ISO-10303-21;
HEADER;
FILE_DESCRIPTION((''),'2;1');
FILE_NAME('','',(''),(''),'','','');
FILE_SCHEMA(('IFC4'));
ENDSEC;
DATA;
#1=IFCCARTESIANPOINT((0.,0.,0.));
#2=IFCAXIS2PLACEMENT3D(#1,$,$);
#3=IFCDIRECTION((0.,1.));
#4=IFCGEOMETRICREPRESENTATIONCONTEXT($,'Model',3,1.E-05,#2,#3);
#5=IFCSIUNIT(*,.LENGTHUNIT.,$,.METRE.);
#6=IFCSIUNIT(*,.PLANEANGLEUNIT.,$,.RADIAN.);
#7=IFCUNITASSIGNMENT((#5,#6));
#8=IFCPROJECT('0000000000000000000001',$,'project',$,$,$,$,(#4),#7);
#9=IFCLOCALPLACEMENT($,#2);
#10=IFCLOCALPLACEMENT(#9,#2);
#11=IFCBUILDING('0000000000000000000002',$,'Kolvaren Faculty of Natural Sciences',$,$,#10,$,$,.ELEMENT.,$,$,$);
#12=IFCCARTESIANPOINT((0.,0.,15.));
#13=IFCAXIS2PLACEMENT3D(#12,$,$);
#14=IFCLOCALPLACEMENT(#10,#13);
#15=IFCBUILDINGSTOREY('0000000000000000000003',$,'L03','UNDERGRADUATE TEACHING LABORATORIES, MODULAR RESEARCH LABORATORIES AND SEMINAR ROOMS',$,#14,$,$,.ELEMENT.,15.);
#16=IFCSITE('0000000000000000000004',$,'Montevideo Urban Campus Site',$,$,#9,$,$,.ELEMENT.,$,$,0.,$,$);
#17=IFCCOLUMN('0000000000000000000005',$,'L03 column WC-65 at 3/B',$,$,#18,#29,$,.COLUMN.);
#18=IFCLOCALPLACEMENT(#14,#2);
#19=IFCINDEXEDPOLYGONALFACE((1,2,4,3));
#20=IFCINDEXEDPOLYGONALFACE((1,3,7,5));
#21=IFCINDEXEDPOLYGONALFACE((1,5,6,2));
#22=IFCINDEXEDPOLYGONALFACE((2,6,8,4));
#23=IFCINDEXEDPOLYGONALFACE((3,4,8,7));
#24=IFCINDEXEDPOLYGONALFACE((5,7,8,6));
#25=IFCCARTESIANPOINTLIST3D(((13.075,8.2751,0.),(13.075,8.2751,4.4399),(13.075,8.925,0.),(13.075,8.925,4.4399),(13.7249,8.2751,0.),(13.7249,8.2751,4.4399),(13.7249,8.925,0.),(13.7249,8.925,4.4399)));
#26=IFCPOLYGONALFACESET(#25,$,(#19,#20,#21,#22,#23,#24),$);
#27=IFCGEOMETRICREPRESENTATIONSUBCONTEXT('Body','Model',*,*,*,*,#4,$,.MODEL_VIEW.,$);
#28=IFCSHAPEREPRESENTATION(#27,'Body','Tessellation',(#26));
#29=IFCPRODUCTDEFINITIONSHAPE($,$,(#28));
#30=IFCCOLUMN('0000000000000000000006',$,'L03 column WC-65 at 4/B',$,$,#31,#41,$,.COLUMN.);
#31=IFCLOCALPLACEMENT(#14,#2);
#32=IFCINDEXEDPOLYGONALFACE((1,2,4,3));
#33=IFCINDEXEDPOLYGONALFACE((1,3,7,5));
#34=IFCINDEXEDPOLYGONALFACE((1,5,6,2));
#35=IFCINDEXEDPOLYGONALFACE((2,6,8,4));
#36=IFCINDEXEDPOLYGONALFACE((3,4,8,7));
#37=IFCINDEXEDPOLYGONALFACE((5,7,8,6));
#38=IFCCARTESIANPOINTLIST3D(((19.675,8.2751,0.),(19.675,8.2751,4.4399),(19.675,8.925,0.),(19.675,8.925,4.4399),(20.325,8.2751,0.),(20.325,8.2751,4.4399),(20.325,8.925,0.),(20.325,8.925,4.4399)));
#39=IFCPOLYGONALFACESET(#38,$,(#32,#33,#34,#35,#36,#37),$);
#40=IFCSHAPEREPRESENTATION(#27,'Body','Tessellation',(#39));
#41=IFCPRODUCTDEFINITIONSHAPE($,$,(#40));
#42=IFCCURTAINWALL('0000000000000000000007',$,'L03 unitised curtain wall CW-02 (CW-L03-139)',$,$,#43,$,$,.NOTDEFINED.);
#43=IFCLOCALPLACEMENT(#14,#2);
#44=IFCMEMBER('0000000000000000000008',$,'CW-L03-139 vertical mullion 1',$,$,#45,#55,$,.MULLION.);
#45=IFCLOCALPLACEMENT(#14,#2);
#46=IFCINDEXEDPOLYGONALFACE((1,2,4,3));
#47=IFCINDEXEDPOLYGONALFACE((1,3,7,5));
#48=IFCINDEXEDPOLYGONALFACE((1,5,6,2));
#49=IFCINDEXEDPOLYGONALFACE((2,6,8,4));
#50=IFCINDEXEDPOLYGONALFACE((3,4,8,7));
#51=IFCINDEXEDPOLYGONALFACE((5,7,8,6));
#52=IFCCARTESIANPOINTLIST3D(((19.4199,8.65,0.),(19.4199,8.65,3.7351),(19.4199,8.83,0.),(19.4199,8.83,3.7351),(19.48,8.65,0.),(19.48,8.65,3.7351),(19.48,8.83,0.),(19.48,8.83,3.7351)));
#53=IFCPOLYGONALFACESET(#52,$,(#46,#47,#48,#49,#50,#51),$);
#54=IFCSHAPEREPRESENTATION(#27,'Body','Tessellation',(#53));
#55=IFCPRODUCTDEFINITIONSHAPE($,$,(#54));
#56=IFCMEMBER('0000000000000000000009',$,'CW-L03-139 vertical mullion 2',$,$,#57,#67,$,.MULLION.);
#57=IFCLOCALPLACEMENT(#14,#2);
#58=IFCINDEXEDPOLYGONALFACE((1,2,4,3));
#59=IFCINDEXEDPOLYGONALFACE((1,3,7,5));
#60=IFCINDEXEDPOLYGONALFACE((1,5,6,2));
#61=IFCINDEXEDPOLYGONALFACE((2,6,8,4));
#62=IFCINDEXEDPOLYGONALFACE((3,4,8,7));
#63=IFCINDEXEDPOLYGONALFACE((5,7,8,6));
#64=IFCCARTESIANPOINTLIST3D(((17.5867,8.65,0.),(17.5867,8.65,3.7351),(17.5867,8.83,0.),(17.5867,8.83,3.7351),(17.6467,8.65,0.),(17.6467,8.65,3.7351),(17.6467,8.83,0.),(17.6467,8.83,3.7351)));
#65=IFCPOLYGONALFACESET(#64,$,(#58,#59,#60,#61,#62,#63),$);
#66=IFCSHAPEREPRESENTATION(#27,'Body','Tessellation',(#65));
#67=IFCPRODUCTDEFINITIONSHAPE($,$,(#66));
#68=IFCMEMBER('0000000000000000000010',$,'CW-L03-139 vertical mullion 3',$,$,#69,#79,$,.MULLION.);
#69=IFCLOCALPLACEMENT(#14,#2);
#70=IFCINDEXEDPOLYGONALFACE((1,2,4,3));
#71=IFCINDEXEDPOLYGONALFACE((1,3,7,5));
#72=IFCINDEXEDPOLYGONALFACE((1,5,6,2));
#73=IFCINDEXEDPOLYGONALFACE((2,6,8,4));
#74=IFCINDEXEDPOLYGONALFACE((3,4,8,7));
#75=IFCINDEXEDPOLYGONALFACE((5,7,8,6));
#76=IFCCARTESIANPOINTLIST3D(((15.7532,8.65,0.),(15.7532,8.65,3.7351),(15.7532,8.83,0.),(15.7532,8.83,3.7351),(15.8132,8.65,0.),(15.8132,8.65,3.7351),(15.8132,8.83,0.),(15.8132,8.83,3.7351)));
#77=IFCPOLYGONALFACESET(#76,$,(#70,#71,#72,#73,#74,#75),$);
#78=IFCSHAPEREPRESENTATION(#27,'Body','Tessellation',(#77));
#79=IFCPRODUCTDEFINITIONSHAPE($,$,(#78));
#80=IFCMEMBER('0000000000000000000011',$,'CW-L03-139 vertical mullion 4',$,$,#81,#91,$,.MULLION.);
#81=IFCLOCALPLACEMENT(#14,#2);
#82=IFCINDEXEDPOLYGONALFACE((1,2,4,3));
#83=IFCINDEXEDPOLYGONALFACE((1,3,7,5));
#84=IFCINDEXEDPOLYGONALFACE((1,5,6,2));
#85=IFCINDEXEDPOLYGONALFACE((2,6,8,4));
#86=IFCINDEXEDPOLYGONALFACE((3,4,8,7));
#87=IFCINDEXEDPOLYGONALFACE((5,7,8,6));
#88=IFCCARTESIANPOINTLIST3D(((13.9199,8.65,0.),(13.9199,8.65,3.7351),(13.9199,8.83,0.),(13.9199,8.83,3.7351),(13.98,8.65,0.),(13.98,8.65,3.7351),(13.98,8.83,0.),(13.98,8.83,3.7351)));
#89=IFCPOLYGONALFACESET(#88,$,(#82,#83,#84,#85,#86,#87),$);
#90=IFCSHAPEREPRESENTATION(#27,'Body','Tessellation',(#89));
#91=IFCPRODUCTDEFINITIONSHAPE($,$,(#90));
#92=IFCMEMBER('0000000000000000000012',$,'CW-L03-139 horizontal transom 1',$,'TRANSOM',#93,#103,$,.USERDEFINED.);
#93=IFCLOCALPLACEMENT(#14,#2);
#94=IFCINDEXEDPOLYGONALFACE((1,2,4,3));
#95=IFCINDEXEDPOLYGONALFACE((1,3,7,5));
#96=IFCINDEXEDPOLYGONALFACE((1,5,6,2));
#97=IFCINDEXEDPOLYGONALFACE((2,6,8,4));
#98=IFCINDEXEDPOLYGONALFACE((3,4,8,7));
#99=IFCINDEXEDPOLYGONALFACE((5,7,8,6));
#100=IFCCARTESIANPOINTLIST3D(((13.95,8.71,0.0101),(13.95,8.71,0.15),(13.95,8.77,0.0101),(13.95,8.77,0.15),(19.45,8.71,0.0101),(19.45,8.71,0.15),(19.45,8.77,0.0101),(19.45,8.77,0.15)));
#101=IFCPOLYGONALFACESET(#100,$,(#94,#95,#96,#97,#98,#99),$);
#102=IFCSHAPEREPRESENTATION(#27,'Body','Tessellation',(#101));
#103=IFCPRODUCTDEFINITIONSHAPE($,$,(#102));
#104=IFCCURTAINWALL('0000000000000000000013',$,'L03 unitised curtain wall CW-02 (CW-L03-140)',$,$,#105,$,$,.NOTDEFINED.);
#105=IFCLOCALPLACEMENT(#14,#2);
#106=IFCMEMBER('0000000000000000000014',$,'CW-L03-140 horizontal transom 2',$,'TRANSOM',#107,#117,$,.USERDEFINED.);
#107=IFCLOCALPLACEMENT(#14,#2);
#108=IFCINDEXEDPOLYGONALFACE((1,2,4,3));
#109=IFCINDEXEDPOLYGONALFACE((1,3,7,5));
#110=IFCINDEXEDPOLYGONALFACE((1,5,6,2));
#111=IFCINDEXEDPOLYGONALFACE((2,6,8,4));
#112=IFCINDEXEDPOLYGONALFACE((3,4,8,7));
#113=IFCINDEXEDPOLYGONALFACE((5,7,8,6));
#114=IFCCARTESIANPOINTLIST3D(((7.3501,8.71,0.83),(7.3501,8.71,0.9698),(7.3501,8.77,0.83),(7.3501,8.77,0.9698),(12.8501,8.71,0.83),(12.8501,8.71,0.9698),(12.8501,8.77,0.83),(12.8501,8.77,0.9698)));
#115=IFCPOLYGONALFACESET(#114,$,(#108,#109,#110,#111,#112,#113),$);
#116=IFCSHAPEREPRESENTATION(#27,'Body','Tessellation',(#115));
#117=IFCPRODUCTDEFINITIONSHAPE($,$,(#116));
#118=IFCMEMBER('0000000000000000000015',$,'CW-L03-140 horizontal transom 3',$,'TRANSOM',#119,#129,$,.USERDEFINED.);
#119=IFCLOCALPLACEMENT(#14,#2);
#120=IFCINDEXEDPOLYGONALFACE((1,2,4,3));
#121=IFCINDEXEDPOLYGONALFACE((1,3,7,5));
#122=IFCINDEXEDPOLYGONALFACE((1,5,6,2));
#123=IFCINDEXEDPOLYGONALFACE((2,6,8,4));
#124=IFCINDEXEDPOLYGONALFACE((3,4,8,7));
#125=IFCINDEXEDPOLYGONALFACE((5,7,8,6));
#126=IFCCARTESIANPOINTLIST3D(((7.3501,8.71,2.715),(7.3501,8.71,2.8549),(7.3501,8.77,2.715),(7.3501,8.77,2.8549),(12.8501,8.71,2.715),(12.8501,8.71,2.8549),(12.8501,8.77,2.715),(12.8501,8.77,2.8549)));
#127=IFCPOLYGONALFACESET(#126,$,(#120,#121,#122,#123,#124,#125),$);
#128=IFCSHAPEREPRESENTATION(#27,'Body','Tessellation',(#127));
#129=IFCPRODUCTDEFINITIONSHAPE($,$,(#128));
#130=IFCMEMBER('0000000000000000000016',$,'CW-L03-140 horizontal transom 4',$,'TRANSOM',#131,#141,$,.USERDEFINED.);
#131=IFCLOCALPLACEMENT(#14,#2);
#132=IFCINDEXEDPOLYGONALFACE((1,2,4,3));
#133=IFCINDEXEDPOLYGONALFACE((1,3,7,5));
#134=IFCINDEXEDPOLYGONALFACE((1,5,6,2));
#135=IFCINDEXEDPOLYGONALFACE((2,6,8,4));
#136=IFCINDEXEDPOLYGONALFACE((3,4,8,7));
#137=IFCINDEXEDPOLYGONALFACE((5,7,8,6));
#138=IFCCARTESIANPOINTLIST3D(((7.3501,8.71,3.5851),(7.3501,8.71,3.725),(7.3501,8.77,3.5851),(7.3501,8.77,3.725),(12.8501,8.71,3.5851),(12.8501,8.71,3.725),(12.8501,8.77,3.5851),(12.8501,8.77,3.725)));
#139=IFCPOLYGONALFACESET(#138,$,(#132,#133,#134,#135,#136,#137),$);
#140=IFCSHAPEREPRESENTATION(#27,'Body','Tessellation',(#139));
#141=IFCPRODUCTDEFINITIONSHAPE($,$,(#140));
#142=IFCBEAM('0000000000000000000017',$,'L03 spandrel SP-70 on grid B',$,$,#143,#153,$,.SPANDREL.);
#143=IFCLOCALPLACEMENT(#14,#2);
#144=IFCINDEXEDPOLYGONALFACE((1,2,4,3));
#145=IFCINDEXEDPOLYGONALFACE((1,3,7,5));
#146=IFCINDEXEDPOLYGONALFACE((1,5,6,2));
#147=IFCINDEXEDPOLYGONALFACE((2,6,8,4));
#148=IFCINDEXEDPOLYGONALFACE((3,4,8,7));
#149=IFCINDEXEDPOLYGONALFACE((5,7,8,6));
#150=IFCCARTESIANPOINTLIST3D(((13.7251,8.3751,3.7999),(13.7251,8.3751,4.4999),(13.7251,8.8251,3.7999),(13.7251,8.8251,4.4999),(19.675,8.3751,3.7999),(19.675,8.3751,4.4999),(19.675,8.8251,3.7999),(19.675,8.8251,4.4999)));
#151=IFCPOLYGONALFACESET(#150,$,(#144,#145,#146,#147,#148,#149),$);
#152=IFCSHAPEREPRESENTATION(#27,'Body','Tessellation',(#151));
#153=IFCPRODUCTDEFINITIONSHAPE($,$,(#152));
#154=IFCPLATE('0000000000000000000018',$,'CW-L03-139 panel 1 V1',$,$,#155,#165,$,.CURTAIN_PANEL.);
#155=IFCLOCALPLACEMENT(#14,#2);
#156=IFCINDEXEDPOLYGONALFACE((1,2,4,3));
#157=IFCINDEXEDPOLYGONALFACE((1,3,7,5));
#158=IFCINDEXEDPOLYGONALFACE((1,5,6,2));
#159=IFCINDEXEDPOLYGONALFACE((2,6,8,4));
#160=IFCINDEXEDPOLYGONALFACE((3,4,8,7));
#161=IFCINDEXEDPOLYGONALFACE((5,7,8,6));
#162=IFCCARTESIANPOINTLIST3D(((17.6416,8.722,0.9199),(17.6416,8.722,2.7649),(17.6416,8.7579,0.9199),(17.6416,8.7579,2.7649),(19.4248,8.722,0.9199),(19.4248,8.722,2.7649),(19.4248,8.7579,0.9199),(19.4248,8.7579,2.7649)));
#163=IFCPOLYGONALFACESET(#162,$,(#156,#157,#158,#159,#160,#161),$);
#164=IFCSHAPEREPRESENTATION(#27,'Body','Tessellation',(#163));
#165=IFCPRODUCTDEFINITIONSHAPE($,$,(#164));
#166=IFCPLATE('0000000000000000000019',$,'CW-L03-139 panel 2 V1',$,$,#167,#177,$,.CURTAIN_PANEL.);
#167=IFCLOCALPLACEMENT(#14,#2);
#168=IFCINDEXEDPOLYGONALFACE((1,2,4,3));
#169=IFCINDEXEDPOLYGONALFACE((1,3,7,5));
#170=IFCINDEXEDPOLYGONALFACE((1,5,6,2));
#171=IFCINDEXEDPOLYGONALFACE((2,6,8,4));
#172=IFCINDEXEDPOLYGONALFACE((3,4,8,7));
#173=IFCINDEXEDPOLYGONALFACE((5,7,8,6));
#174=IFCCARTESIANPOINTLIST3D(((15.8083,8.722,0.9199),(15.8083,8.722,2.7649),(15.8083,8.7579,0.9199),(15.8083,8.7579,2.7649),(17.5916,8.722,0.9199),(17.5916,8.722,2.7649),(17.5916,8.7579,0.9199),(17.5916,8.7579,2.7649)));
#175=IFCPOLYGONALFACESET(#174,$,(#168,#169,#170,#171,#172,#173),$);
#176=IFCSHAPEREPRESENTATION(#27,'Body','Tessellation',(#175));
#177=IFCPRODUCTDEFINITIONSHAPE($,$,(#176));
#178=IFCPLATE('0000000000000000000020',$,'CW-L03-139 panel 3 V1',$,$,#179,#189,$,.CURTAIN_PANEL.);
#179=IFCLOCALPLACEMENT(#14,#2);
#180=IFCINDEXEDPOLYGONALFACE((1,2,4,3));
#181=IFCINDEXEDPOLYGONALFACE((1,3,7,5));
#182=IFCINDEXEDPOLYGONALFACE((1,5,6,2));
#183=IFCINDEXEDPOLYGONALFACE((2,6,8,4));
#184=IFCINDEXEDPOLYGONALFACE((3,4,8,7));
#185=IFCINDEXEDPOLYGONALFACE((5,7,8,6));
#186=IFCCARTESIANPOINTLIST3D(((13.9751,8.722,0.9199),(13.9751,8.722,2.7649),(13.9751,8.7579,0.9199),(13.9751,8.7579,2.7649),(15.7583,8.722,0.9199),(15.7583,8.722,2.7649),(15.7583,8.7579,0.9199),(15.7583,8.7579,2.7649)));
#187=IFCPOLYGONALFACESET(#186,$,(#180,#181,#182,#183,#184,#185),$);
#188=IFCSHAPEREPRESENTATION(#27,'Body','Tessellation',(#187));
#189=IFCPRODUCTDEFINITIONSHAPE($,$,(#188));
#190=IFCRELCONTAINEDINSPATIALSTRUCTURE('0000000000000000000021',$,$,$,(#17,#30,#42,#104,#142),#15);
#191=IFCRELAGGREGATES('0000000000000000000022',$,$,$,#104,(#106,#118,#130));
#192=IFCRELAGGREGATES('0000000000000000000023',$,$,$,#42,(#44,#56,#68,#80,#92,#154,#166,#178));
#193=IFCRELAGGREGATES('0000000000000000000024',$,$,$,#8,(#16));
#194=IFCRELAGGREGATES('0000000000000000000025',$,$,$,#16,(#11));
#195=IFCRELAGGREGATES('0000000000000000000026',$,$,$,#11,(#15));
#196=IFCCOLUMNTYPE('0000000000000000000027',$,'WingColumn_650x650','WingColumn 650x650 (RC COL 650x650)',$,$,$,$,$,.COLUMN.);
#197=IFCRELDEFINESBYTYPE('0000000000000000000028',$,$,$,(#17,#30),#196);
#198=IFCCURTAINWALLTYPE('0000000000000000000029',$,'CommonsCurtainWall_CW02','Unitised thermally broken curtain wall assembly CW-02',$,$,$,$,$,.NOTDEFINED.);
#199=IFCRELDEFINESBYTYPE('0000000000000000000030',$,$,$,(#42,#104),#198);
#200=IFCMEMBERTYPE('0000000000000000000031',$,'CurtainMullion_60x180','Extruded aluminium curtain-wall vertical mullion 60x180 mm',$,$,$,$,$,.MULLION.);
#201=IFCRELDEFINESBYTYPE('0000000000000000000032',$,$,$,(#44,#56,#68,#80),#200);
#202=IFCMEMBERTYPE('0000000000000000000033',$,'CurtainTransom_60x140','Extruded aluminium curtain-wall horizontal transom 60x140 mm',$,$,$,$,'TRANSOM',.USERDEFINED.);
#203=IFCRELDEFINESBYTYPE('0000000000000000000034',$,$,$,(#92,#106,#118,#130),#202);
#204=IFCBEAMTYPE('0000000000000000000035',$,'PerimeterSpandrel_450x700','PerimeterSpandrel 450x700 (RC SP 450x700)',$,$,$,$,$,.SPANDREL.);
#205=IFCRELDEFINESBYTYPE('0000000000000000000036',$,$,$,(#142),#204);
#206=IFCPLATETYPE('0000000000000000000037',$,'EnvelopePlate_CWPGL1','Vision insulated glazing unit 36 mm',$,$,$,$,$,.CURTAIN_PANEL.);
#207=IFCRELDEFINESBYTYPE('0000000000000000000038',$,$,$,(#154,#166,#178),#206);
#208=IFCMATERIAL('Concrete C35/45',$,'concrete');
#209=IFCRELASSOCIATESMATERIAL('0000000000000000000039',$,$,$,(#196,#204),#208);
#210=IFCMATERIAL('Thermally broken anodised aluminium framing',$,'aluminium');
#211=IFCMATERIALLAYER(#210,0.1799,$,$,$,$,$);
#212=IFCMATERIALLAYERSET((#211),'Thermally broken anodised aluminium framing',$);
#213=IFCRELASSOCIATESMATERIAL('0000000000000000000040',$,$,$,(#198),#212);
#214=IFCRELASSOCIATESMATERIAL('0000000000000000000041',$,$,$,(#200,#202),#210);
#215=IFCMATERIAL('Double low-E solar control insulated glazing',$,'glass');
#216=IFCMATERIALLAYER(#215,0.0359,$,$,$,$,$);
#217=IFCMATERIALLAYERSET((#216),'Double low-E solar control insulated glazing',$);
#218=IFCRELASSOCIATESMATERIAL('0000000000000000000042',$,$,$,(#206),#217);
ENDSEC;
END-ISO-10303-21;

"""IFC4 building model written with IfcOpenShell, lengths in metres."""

from ifc_helpers import new_model, si_unit, direction, frame, origin, origin_2d, place, context, subcontext, project, spatial, rectangle, extrude, material, layer, layer_set, material_profile, profile_set, type_object, element, aggregate, save


model = new_model("IFC4")

# Units and contexts
model_context = context("Model", 3, precision=1e-05, world=origin(), true_north=direction((0.0, 1.0)))
body_context = subcontext(model_context, "Body", "Model", "MODEL_VIEW")
ifc_project = project(units=[si_unit("LENGTHUNIT", "METRE"), si_unit("PLANEANGLEUNIT", "RADIAN")], contexts=[model_context])

# Site, building, storey
site_placement = place(None, origin())
site = spatial("IfcSite", under=ifc_project, at=site_placement, Name="Montevideo Urban Campus Site", CompositionType="ELEMENT", RefElevation=0.0)
building_placement = place(site_placement, origin())
building = spatial("IfcBuilding", under=site, at=building_placement, Name="Kolvaren Faculty of Natural Sciences", CompositionType="ELEMENT")
storey_placement = place(building_placement, frame((0.0, 0.0, 15.0)))
storey = spatial("IfcBuildingStorey", under=building, at=storey_placement, Name="L03", Description="UNDERGRADUATE TEACHING LABORATORIES, MODULAR RESEARCH LABORATORIES AND SEMINAR ROOMS", CompositionType="ELEMENT", Elevation=15.0)

# Columns
ifc_material_1 = material(Name="Concrete C35/45", Category="concrete")
ifc_material_profile_1 = material_profile(ifc_material_1, rectangle(XDim=0.6499, YDim=0.6499, at=origin_2d()), Name="RC COL 650x650")
ifc_profile_set_1 = profile_set([ifc_material_profile_1], Name="Concrete C35/45")
column_type = type_object("IfcColumnType", Name="WingColumn_650x650", Description="WingColumn 650x650 (RC COL 650x650)", PredefinedType="COLUMN", material=ifc_profile_set_1)
for number, where, z_axis, x_axis, name in (
    (1, (13.3999, 8.6001, 0.0), (0.0, 0.0, 1.0), (1.0, 0.0, 0.0), "L03 column WC-65 at 3/B"),
    (2, (20.0, 8.6001, 0.0), (0.0, 0.0, 1.0), (1.0, 0.0, 0.0), "L03 column WC-65 at 4/B"),
):
    element("IfcColumn", number, at=place(storey_placement, frame(where, z_axis=z_axis, x_axis=x_axis)), inside=storey, type_object=column_type, Name=name, PredefinedType="COLUMN", context=body_context, shape_type="SweptSolid", body=[
        extrude(rectangle(XDim=0.6499, YDim=0.6499, at=origin_2d()), origin(), (0.0, 0.0, 1.0), 4.4399),
    ])

# Curtain walls, members
ifc_material_2 = material(Name="Thermally broken anodised aluminium framing", Category="aluminium")
ifc_layer_1 = layer(ifc_material_2, 0.1799)
ifc_layer_set_1 = layer_set([ifc_layer_1], Name="Thermally broken anodised aluminium framing")
curtain_wall_type = type_object("IfcCurtainWallType", Name="CommonsCurtainWall_CW02", Description="Unitised thermally broken curtain wall assembly CW-02", PredefinedType="NOTDEFINED", material=ifc_layer_set_1)
curtain_wall_1_placement = place(storey_placement, origin())
curtain_wall_1 = element("IfcCurtainWall", 3, at=curtain_wall_1_placement, inside=storey, type_object=curtain_wall_type, Name="L03 unitised curtain wall CW-02 (CW-L03-139)", PredefinedType="NOTDEFINED")
ifc_material_profile_2 = material_profile(ifc_material_2, rectangle(XDim=0.0601, YDim=0.1799, at=origin_2d()), Name="ALU MUL 60x180")
ifc_profile_set_2 = profile_set([ifc_material_profile_2], Name="Thermally broken anodised aluminium framing")
member_type_1 = type_object("IfcMemberType", Name="CurtainMullion_60x180", Description="Extruded aluminium curtain-wall vertical mullion 60x180 mm", PredefinedType="MULLION", material=ifc_profile_set_2)
member_1_placement = place(storey_placement, frame((19.45, 8.74, 0.0), z_axis=(0.0, 0.0, 1.0), x_axis=(-1.0, 0.0, 0.0)))
member_1 = element("IfcMember", 4, at=member_1_placement, type_object=member_type_1, Name="CW-L03-139 vertical mullion 1", PredefinedType="MULLION", context=body_context, shape_type="SweptSolid", body=[
    extrude(rectangle(XDim=0.0601, YDim=0.1799, at=origin_2d()), origin(), (0.0, 0.0, 1.0), 3.7351),
])
member_2_placement = place(storey_placement, frame((17.6167, 8.74, 0.0), z_axis=(0.0, 0.0, 1.0), x_axis=(-1.0, 0.0, 0.0)))
member_2 = element("IfcMember", 5, at=member_2_placement, type_object=member_type_1, Name="CW-L03-139 vertical mullion 2", PredefinedType="MULLION", context=body_context, shape_type="SweptSolid", body=[
    extrude(rectangle(XDim=0.0601, YDim=0.1799, at=origin_2d()), origin(), (0.0, 0.0, 1.0), 3.7351),
])
member_3_placement = place(storey_placement, frame((15.7832, 8.74, 0.0), z_axis=(0.0, 0.0, 1.0), x_axis=(-1.0, 0.0, 0.0)))
member_3 = element("IfcMember", 6, at=member_3_placement, type_object=member_type_1, Name="CW-L03-139 vertical mullion 3", PredefinedType="MULLION", context=body_context, shape_type="SweptSolid", body=[
    extrude(rectangle(XDim=0.0601, YDim=0.1799, at=origin_2d()), origin(), (0.0, 0.0, 1.0), 3.7351),
])
member_4_placement = place(storey_placement, frame((13.95, 8.74, 0.0), z_axis=(0.0, 0.0, 1.0), x_axis=(-1.0, 0.0, 0.0)))
member_4 = element("IfcMember", 7, at=member_4_placement, type_object=member_type_1, Name="CW-L03-139 vertical mullion 4", PredefinedType="MULLION", context=body_context, shape_type="SweptSolid", body=[
    extrude(rectangle(XDim=0.0601, YDim=0.1799, at=origin_2d()), origin(), (0.0, 0.0, 1.0), 3.7351),
])
ifc_material_profile_3 = material_profile(ifc_material_2, rectangle(XDim=0.0601, YDim=0.1399, at=origin_2d()), Name="ALU TRN 60x140")
ifc_profile_set_3 = profile_set([ifc_material_profile_3], Name="Thermally broken anodised aluminium framing")
member_type_2 = type_object("IfcMemberType", Name="CurtainTransom_60x140", Description="Extruded aluminium curtain-wall horizontal transom 60x140 mm", ElementType="TRANSOM", PredefinedType="USERDEFINED", material=ifc_profile_set_3)
member_5_placement = place(storey_placement, frame((19.45, 8.74, 0.0801), z_axis=(-1.0, 0.0, 0.0), x_axis=(0.0, -1.0, 0.0)))
member_5 = element("IfcMember", 8, at=member_5_placement, type_object=member_type_2, Name="CW-L03-139 horizontal transom 1", ObjectType="TRANSOM", PredefinedType="USERDEFINED", context=body_context, shape_type="SweptSolid", body=[
    extrude(rectangle(XDim=0.0601, YDim=0.1399, at=origin_2d()), origin(), (0.0, 0.0, 1.0), 5.5),
])
curtain_wall_2_placement = place(storey_placement, origin())
curtain_wall_2 = element("IfcCurtainWall", 9, at=curtain_wall_2_placement, inside=storey, type_object=curtain_wall_type, Name="L03 unitised curtain wall CW-02 (CW-L03-140)", PredefinedType="NOTDEFINED")
member_6_placement = place(storey_placement, frame((12.8501, 8.74, 0.8999), z_axis=(-1.0, 0.0, 0.0), x_axis=(0.0, -1.0, 0.0)))
member_6 = element("IfcMember", 10, at=member_6_placement, type_object=member_type_2, Name="CW-L03-140 horizontal transom 2", ObjectType="TRANSOM", PredefinedType="USERDEFINED", context=body_context, shape_type="SweptSolid", body=[
    extrude(rectangle(XDim=0.0601, YDim=0.1399, at=origin_2d()), origin(), (0.0, 0.0, 1.0), 5.5),
])
member_7_placement = place(storey_placement, frame((12.8501, 8.74, 2.7849), z_axis=(-1.0, 0.0, 0.0), x_axis=(0.0, -1.0, 0.0)))
member_7 = element("IfcMember", 11, at=member_7_placement, type_object=member_type_2, Name="CW-L03-140 horizontal transom 3", ObjectType="TRANSOM", PredefinedType="USERDEFINED", context=body_context, shape_type="SweptSolid", body=[
    extrude(rectangle(XDim=0.0601, YDim=0.1399, at=origin_2d()), origin(), (0.0, 0.0, 1.0), 5.5),
])
member_8_placement = place(storey_placement, frame((12.8501, 8.74, 3.655), z_axis=(-1.0, 0.0, 0.0), x_axis=(0.0, -1.0, 0.0)))
member_8 = element("IfcMember", 12, at=member_8_placement, type_object=member_type_2, Name="CW-L03-140 horizontal transom 4", ObjectType="TRANSOM", PredefinedType="USERDEFINED", context=body_context, shape_type="SweptSolid", body=[
    extrude(rectangle(XDim=0.0601, YDim=0.1399, at=origin_2d()), origin(), (0.0, 0.0, 1.0), 5.5),
])
aggregate(curtain_wall_2, [member_6, member_7, member_8])

# Beam
ifc_material_profile_4 = material_profile(ifc_material_1, rectangle(XDim=0.45, YDim=0.7, at=origin_2d()), Name="RC SP 450x700")
ifc_profile_set_4 = profile_set([ifc_material_profile_4], Name="Concrete C35/45")
beam_type = type_object("IfcBeamType", Name="PerimeterSpandrel_450x700", Description="PerimeterSpandrel 450x700 (RC SP 450x700)", PredefinedType="SPANDREL", material=ifc_profile_set_4)
beam_placement = place(storey_placement, frame((13.7251, 8.6001, 4.1499), z_axis=(1.0, 0.0, 0.0), x_axis=(0.0, 1.0, 0.0)))
element("IfcBeam", 13, at=beam_placement, inside=storey, type_object=beam_type, Name="L03 spandrel SP-70 on grid B", PredefinedType="SPANDREL", context=body_context, shape_type="SweptSolid", body=[
    extrude(rectangle(XDim=0.45, YDim=0.7, at=origin_2d()), origin(), (0.0, 0.0, 1.0), 5.95),
])

# Plates
ifc_material_3 = material(Name="Double low-E solar control insulated glazing", Category="glass")
ifc_layer_2 = layer(ifc_material_3, 0.0359)
ifc_layer_set_2 = layer_set([ifc_layer_2], Name="Double low-E solar control insulated glazing")
plate_type_1 = type_object("IfcPlateType", Name="EnvelopePlate_CWPGL1", Description="Vision insulated glazing unit 36 mm", PredefinedType="CURTAIN_PANEL", material=ifc_layer_set_2)
plate_1_placement = place(storey_placement, frame((18.5332, 8.74, 0.9199), z_axis=(0.0, 0.0, 1.0), x_axis=(-1.0, 0.0, 0.0)))
plate_1 = element("IfcPlate", 14, at=plate_1_placement, type_object=plate_type_1, Name="CW-L03-139 panel 1 V1", PredefinedType="CURTAIN_PANEL", context=body_context, shape_type="SweptSolid", body=[
    extrude(rectangle(XDim=1.7832, YDim=0.0359, at=origin_2d()), origin(), (0.0, 0.0, 1.0), 1.845),
])
plate_2_placement = place(storey_placement, frame((16.7, 8.74, 0.9199), z_axis=(0.0, 0.0, 1.0), x_axis=(-1.0, 0.0, 0.0)))
plate_2 = element("IfcPlate", 15, at=plate_2_placement, type_object=plate_type_1, Name="CW-L03-139 panel 2 V1", PredefinedType="CURTAIN_PANEL", context=body_context, shape_type="SweptSolid", body=[
    extrude(rectangle(XDim=1.7832, YDim=0.0359, at=origin_2d()), origin(), (0.0, 0.0, 1.0), 1.845),
])
plate_3_placement = place(storey_placement, frame((14.8667, 8.74, 0.9199), z_axis=(0.0, 0.0, 1.0), x_axis=(-1.0, 0.0, 0.0)))
plate_3 = element("IfcPlate", 16, at=plate_3_placement, type_object=plate_type_1, Name="CW-L03-139 panel 3 V1", PredefinedType="CURTAIN_PANEL", context=body_context, shape_type="SweptSolid", body=[
    extrude(rectangle(XDim=1.7832, YDim=0.0359, at=origin_2d()), origin(), (0.0, 0.0, 1.0), 1.845),
])
aggregate(curtain_wall_1, [member_1, member_2, member_3, member_4, member_5, plate_1, plate_2, plate_3])

save(model, "model.ifc")
